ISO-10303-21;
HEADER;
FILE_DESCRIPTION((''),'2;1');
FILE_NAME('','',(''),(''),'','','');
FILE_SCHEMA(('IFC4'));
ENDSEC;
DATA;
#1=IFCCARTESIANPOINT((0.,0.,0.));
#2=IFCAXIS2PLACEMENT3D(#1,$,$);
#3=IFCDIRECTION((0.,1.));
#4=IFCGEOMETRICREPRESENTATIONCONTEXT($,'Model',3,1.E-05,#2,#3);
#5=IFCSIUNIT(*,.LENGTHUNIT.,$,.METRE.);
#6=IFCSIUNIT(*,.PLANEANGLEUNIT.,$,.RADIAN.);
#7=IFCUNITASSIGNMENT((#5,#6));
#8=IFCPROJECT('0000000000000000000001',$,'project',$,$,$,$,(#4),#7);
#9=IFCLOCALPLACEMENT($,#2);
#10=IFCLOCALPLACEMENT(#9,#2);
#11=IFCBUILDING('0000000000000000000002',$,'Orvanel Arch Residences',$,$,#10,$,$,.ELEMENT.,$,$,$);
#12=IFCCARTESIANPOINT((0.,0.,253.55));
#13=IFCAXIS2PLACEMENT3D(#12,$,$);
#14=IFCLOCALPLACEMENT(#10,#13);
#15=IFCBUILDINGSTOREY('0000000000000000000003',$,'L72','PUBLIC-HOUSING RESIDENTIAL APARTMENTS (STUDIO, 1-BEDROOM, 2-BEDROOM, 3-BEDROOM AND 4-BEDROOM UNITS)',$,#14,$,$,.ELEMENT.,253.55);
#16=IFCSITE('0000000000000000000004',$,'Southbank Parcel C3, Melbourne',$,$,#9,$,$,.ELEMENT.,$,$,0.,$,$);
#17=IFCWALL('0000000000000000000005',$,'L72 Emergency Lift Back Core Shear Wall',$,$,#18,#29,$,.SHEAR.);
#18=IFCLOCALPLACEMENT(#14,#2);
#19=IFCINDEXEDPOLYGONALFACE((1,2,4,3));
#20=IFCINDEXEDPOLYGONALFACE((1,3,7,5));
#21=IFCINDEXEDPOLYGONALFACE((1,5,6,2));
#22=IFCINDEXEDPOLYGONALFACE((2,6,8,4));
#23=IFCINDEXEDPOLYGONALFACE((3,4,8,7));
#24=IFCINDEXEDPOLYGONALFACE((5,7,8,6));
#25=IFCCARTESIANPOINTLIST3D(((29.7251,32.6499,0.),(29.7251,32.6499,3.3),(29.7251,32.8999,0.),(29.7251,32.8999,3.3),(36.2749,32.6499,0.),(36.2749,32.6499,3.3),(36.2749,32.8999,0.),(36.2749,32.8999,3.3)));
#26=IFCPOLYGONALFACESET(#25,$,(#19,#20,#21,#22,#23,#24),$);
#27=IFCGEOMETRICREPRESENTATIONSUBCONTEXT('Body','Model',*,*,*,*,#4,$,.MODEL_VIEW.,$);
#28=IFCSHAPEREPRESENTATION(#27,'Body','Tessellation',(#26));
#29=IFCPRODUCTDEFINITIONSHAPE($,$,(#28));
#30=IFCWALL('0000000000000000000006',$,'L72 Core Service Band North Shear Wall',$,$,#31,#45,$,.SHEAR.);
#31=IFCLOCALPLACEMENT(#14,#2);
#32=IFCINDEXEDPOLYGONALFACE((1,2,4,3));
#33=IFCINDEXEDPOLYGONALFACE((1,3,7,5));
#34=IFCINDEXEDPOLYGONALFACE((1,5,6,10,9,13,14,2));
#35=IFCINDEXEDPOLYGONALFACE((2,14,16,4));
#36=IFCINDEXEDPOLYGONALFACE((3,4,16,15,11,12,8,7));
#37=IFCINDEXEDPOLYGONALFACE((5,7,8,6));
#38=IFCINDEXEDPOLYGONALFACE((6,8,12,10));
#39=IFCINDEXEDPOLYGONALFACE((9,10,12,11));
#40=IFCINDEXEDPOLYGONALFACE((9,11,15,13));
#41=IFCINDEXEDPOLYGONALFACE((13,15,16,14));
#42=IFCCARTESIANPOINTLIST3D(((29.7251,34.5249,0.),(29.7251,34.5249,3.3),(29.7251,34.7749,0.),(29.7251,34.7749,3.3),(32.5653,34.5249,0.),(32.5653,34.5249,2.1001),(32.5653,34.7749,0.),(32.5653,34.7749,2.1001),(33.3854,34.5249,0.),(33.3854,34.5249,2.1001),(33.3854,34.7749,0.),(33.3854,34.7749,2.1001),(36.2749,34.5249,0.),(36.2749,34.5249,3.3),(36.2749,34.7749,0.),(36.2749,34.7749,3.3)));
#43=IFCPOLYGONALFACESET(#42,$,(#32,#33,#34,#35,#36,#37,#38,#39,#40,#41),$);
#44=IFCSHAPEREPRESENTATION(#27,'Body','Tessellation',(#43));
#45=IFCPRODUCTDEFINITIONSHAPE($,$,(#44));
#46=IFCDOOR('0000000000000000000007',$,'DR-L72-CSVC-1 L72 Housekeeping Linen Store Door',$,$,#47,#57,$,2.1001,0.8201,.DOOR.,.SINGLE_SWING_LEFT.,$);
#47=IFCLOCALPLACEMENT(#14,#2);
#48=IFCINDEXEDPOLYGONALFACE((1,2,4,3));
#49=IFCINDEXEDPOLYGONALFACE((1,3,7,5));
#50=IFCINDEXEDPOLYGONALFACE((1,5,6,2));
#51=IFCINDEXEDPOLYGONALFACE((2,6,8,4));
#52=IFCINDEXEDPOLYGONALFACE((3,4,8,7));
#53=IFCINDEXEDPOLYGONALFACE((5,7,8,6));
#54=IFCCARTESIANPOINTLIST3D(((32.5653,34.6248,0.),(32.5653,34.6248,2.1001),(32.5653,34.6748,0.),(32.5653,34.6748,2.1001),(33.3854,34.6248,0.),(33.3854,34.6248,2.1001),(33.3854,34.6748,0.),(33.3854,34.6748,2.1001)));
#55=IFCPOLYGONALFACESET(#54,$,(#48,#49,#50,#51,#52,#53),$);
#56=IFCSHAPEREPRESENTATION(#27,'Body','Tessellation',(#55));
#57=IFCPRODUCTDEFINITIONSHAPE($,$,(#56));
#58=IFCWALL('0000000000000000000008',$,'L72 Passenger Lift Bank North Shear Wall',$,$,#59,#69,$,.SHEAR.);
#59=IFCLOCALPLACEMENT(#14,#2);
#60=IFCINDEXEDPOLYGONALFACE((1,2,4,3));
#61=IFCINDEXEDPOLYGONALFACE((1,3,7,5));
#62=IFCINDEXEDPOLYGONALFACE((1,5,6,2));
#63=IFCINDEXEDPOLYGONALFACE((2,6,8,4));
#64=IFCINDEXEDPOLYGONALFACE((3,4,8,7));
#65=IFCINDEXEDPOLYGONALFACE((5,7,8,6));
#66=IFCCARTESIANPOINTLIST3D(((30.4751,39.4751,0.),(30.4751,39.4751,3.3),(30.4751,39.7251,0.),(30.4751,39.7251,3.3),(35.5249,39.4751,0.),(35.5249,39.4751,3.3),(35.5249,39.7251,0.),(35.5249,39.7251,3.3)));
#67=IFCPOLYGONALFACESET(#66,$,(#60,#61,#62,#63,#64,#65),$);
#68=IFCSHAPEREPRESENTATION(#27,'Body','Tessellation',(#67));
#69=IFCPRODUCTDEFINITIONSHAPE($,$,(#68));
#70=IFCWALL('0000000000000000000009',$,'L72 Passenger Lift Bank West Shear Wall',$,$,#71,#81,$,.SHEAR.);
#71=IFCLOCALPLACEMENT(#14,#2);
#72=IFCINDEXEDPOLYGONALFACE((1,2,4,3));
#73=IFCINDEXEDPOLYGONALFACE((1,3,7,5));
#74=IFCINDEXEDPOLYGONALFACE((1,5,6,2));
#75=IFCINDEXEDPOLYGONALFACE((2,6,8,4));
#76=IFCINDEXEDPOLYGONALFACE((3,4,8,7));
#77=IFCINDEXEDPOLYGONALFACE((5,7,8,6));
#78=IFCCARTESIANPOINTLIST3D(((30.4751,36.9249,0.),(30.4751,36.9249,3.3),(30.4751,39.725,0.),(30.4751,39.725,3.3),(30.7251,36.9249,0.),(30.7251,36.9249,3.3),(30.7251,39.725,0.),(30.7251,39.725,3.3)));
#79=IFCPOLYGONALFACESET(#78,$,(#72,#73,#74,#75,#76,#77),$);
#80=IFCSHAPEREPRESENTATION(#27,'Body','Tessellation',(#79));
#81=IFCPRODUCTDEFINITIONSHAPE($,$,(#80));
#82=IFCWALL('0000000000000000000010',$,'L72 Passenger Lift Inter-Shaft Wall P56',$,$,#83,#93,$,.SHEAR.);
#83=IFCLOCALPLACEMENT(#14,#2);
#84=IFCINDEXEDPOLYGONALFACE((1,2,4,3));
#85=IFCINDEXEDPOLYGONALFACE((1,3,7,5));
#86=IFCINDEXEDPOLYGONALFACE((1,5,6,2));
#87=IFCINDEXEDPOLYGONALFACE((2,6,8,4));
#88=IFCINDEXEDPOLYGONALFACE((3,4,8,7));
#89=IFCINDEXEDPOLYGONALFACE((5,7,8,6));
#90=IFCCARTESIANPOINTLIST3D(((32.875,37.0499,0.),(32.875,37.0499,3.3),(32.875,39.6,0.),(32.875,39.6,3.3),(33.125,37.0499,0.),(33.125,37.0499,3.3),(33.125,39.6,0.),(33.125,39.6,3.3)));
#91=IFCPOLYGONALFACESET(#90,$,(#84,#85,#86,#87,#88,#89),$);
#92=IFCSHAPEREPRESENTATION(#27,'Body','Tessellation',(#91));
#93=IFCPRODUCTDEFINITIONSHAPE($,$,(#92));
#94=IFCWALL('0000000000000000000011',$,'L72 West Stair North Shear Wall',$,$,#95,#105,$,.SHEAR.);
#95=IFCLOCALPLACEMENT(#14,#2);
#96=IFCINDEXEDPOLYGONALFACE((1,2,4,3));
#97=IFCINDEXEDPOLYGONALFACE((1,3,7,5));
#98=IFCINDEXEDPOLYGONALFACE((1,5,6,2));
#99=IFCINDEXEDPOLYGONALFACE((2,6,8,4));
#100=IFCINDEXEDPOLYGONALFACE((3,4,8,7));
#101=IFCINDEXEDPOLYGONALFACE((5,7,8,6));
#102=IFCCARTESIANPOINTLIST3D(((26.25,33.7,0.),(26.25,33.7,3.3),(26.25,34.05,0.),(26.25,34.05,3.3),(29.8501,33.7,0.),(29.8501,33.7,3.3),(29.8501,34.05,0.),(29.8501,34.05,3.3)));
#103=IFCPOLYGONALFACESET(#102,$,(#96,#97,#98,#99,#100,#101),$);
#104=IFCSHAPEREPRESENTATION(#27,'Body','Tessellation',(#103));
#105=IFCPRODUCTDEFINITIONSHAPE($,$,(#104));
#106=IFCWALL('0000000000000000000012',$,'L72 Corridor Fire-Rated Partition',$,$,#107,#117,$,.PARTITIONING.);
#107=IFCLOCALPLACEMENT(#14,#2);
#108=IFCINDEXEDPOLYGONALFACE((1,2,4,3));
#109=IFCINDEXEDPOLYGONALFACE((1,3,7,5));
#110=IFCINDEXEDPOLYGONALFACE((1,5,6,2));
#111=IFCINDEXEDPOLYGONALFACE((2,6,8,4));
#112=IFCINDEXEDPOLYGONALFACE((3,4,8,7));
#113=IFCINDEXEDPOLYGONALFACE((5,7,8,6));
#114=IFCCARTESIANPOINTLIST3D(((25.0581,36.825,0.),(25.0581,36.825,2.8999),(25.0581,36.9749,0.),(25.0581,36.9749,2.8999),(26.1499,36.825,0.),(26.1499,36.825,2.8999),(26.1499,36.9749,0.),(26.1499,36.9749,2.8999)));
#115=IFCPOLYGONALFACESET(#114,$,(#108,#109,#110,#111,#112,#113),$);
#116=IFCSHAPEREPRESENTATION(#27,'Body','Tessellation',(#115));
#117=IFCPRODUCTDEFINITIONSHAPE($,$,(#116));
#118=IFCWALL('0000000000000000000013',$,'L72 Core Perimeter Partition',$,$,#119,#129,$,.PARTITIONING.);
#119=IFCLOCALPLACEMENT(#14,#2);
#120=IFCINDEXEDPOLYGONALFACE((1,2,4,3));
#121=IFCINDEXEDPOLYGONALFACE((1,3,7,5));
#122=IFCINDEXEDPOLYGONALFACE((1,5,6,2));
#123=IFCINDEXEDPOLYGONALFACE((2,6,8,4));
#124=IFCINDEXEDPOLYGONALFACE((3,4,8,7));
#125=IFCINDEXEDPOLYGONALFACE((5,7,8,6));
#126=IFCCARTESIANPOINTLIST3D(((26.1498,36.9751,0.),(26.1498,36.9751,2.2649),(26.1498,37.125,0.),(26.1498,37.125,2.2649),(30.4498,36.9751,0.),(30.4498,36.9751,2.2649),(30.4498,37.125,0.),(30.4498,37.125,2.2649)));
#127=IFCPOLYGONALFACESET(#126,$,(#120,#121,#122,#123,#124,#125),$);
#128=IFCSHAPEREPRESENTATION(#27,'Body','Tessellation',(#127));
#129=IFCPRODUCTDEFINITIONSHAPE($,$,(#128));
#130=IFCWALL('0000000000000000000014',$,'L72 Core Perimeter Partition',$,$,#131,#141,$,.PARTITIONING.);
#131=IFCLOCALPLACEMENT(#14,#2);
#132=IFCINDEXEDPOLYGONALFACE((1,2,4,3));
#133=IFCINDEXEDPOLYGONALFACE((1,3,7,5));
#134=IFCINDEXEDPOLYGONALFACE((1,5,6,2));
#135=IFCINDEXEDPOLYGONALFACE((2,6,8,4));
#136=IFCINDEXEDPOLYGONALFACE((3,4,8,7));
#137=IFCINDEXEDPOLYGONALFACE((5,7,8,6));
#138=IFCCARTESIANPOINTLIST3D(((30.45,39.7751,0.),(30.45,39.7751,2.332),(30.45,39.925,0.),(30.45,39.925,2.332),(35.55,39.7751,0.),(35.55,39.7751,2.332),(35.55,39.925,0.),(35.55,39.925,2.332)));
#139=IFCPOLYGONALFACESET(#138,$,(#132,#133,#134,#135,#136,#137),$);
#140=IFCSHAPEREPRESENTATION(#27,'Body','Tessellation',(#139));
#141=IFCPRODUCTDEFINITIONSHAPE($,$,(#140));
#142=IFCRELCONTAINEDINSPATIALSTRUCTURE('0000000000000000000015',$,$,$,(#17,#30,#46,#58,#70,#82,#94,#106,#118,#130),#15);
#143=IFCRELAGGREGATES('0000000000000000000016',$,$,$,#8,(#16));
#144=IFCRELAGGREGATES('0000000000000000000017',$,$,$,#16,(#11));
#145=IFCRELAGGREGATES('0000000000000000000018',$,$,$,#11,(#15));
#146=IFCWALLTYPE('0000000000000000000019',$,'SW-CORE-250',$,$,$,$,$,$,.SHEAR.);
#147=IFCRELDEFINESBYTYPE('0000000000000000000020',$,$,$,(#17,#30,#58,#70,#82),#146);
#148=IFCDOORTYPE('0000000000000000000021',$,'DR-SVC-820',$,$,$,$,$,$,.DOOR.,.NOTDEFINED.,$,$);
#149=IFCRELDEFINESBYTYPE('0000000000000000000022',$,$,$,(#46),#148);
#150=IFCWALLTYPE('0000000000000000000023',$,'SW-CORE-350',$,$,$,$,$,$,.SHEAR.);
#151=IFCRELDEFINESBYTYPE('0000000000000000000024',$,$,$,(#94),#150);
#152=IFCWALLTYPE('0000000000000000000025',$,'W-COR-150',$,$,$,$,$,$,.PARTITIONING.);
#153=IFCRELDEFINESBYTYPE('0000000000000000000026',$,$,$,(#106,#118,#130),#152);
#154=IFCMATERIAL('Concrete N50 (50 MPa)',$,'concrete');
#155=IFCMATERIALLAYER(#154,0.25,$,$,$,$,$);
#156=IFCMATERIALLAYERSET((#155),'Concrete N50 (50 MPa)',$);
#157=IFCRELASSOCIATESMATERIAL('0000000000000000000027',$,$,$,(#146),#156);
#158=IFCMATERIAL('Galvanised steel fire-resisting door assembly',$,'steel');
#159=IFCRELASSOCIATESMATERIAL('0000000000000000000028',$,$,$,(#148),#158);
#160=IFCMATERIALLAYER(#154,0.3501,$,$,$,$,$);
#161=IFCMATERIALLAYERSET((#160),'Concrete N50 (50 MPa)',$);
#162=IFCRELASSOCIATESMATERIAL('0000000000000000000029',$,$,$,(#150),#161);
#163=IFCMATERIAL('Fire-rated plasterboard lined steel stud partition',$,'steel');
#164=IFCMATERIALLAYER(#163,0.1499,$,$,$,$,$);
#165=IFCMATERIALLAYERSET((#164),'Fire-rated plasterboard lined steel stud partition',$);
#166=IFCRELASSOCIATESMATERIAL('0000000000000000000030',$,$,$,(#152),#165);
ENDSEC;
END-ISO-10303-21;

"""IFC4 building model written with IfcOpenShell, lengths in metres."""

from ifc_helpers import new_model, si_unit, direction, frame, frame_2d, origin, place, context, subcontext, project, spatial, rectangle, extrude, material, layer, layer_set, type_object, element, fill, save


model = new_model("IFC4")

# Units and contexts
model_context = context("Model", 3, precision=1e-05, world=origin(), true_north=direction((0.0, 1.0)))
body_context = subcontext(model_context, "Body", "Model", "MODEL_VIEW")
ifc_project = project(units=[si_unit("LENGTHUNIT", "METRE"), si_unit("PLANEANGLEUNIT", "RADIAN")], contexts=[model_context])

# Site, building, storey
site_placement = place(None, origin())
site = spatial("IfcSite", under=ifc_project, at=site_placement, Name="Southbank Parcel C3, Melbourne", CompositionType="ELEMENT", RefElevation=0.0)
building_placement = place(site_placement, origin())
building = spatial("IfcBuilding", under=site, at=building_placement, Name="Orvanel Arch Residences", CompositionType="ELEMENT")
storey_placement = place(building_placement, frame((0.0, 0.0, 253.55)))
storey = spatial("IfcBuildingStorey", under=building, at=storey_placement, Name="L72", Description="PUBLIC-HOUSING RESIDENTIAL APARTMENTS (STUDIO, 1-BEDROOM, 2-BEDROOM, 3-BEDROOM AND 4-BEDROOM UNITS)", CompositionType="ELEMENT", Elevation=253.55)

# Wall
ifc_material_1 = material(Name="Concrete N50 (50 MPa)", Category="concrete")
ifc_layer_1 = layer(ifc_material_1, 0.25)
ifc_layer_set_1 = layer_set([ifc_layer_1], Name="Concrete N50 (50 MPa)")
wall_type_1 = type_object("IfcWallType", Name="SW-CORE-250", PredefinedType="SHEAR", material=ifc_layer_set_1)
wall_1_placement = place(storey_placement, frame((29.7251, 32.7749, 0.0), z_axis=(0.0, 0.0, 1.0), x_axis=(1.0, 0.0, 0.0)))
element("IfcWall", 1, at=wall_1_placement, inside=storey, type_object=wall_type_1, Name="L72 Emergency Lift Back Core Shear Wall", PredefinedType="SHEAR", context=body_context, shape_type="SweptSolid", body=[
    extrude(rectangle(XDim=6.5498, YDim=0.25, at=frame_2d((3.2749, 0.0))), origin(), (0.0, 0.0, 1.0), 3.3),
])

# Wall, opening, door
wall_2_placement = place(storey_placement, frame((29.7251, 34.6499, 0.0), z_axis=(0.0, 0.0, 1.0), x_axis=(1.0, 0.0, 0.0)))
wall_2 = element("IfcWall", 2, at=wall_2_placement, inside=storey, type_object=wall_type_1, Name="L72 Core Service Band North Shear Wall", PredefinedType="SHEAR", context=body_context, shape_type="SweptSolid", body=[
    extrude(rectangle(XDim=6.5498, YDim=0.25, at=frame_2d((3.2749, 0.0))), origin(), (0.0, 0.0, 1.0), 3.3),
])
opening_placement = place(wall_2_placement, frame((2.8401, 0.0, 0.0)))
opening = element("IfcOpeningElement", 3, at=opening_placement, cuts=wall_2, PredefinedType="OPENING", context=body_context, shape_type="SweptSolid", body=[
    extrude(rectangle(XDim=0.8201, YDim=2.1001, at=frame_2d((0.4102, 1.05))), frame((0.0, 0.135, 0.0), z_axis=(0.0, -1.0, 0.0), x_axis=(1.0, 0.0, 0.0)), (0.0, 0.0, 1.0), 0.27),
])
ifc_material_2 = material(Name="Galvanised steel fire-resisting door assembly", Category="steel")
door_type = type_object("IfcDoorType", Name="DR-SVC-820", OperationType="NOTDEFINED", PredefinedType="DOOR", material=ifc_material_2)
door_placement = place(opening_placement, origin())
door = element("IfcDoor", 4, at=door_placement, inside=storey, type_object=door_type, Name="DR-L72-CSVC-1 L72 Housekeeping Linen Store Door", OperationType="SINGLE_SWING_LEFT", OverallHeight=2.1001, OverallWidth=0.8201, PredefinedType="DOOR", context=body_context, shape_type="SweptSolid", body=[
    extrude(rectangle(XDim=0.8201, YDim=2.1001, at=frame_2d((0.4102, 1.05))), frame((0.0, 0.0249, 0.0), z_axis=(0.0, -1.0, 0.0), x_axis=(1.0, 0.0, 0.0)), (0.0, 0.0, 1.0), 0.05),
])
fill(opening, door)

# Walls
wall_3_placement = place(storey_placement, frame((30.4751, 39.6001, 0.0), z_axis=(0.0, 0.0, 1.0), x_axis=(1.0, 0.0, 0.0)))
element("IfcWall", 5, at=wall_3_placement, inside=storey, type_object=wall_type_1, Name="L72 Passenger Lift Bank North Shear Wall", PredefinedType="SHEAR", context=body_context, shape_type="SweptSolid", body=[
    extrude(rectangle(XDim=5.0498, YDim=0.25, at=frame_2d((2.5249, 0.0))), origin(), (0.0, 0.0, 1.0), 3.3),
])
wall_4_placement = place(storey_placement, frame((30.6001, 36.925, 0.0), z_axis=(0.0, 0.0, 1.0), x_axis=(0.0, 1.0, 0.0)))
element("IfcWall", 6, at=wall_4_placement, inside=storey, type_object=wall_type_1, Name="L72 Passenger Lift Bank West Shear Wall", PredefinedType="SHEAR", context=body_context, shape_type="SweptSolid", body=[
    extrude(rectangle(XDim=2.8, YDim=0.25, at=frame_2d((1.3999, 0.0))), origin(), (0.0, 0.0, 1.0), 3.3),
])
wall_5_placement = place(storey_placement, frame((33.0, 37.05, 0.0), z_axis=(0.0, 0.0, 1.0), x_axis=(0.0, 1.0, 0.0)))
element("IfcWall", 7, at=wall_5_placement, inside=storey, type_object=wall_type_1, Name="L72 Passenger Lift Inter-Shaft Wall P56", PredefinedType="SHEAR", context=body_context, shape_type="SweptSolid", body=[
    extrude(rectangle(XDim=2.55, YDim=0.25, at=frame_2d((1.2749, 0.0))), origin(), (0.0, 0.0, 1.0), 3.3),
])
ifc_layer_2 = layer(ifc_material_1, 0.3501)
ifc_layer_set_2 = layer_set([ifc_layer_2], Name="Concrete N50 (50 MPa)")
wall_type_2 = type_object("IfcWallType", Name="SW-CORE-350", PredefinedType="SHEAR", material=ifc_layer_set_2)
wall_6_placement = place(storey_placement, frame((26.25, 33.875, 0.0), z_axis=(0.0, 0.0, 1.0), x_axis=(1.0, 0.0, 0.0)))
element("IfcWall", 8, at=wall_6_placement, inside=storey, type_object=wall_type_2, Name="L72 West Stair North Shear Wall", PredefinedType="SHEAR", context=body_context, shape_type="SweptSolid", body=[
    extrude(rectangle(XDim=3.6001, YDim=0.3501, at=frame_2d((1.8, 0.0))), origin(), (0.0, 0.0, 1.0), 3.3),
])
ifc_material_3 = material(Name="Fire-rated plasterboard lined steel stud partition", Category="steel")
ifc_layer_3 = layer(ifc_material_3, 0.1499)
ifc_layer_set_3 = layer_set([ifc_layer_3], Name="Fire-rated plasterboard lined steel stud partition")
wall_type_3 = type_object("IfcWallType", Name="W-COR-150", PredefinedType="PARTITIONING", material=ifc_layer_set_3)
wall_7_placement = place(storey_placement, frame((25.0581, 36.8999, 0.0), z_axis=(0.0, 0.0, 1.0), x_axis=(1.0, 0.0, 0.0)))
element("IfcWall", 9, at=wall_7_placement, inside=storey, type_object=wall_type_3, Name="L72 Corridor Fire-Rated Partition", PredefinedType="PARTITIONING", context=body_context, shape_type="SweptSolid", body=[
    extrude(rectangle(XDim=1.0918, YDim=0.1499, at=frame_2d((0.5459, 0.0))), origin(), (0.0, 0.0, 1.0), 2.8999),
])
wall_8_placement = place(storey_placement, frame((26.1499, 37.05, 0.0), z_axis=(0.0, 0.0, 1.0), x_axis=(1.0, 0.0, 0.0)))
element("IfcWall", 10, at=wall_8_placement, inside=storey, type_object=wall_type_3, Name="L72 Core Perimeter Partition", PredefinedType="PARTITIONING", context=body_context, shape_type="SweptSolid", body=[
    extrude(rectangle(XDim=4.3, YDim=0.1499, at=frame_2d((2.1499, 0.0))), origin(), (0.0, 0.0, 1.0), 2.2649),
])
wall_9_placement = place(storey_placement, frame((30.45, 39.8501, 0.0), z_axis=(0.0, 0.0, 1.0), x_axis=(1.0, 0.0, 0.0)))
element("IfcWall", 11, at=wall_9_placement, inside=storey, type_object=wall_type_3, Name="L72 Core Perimeter Partition", PredefinedType="PARTITIONING", context=body_context, shape_type="SweptSolid", body=[
    extrude(rectangle(XDim=5.1001, YDim=0.1499, at=frame_2d((2.55, 0.0))), origin(), (0.0, 0.0, 1.0), 2.332),
])

save(model, "model.ifc")
